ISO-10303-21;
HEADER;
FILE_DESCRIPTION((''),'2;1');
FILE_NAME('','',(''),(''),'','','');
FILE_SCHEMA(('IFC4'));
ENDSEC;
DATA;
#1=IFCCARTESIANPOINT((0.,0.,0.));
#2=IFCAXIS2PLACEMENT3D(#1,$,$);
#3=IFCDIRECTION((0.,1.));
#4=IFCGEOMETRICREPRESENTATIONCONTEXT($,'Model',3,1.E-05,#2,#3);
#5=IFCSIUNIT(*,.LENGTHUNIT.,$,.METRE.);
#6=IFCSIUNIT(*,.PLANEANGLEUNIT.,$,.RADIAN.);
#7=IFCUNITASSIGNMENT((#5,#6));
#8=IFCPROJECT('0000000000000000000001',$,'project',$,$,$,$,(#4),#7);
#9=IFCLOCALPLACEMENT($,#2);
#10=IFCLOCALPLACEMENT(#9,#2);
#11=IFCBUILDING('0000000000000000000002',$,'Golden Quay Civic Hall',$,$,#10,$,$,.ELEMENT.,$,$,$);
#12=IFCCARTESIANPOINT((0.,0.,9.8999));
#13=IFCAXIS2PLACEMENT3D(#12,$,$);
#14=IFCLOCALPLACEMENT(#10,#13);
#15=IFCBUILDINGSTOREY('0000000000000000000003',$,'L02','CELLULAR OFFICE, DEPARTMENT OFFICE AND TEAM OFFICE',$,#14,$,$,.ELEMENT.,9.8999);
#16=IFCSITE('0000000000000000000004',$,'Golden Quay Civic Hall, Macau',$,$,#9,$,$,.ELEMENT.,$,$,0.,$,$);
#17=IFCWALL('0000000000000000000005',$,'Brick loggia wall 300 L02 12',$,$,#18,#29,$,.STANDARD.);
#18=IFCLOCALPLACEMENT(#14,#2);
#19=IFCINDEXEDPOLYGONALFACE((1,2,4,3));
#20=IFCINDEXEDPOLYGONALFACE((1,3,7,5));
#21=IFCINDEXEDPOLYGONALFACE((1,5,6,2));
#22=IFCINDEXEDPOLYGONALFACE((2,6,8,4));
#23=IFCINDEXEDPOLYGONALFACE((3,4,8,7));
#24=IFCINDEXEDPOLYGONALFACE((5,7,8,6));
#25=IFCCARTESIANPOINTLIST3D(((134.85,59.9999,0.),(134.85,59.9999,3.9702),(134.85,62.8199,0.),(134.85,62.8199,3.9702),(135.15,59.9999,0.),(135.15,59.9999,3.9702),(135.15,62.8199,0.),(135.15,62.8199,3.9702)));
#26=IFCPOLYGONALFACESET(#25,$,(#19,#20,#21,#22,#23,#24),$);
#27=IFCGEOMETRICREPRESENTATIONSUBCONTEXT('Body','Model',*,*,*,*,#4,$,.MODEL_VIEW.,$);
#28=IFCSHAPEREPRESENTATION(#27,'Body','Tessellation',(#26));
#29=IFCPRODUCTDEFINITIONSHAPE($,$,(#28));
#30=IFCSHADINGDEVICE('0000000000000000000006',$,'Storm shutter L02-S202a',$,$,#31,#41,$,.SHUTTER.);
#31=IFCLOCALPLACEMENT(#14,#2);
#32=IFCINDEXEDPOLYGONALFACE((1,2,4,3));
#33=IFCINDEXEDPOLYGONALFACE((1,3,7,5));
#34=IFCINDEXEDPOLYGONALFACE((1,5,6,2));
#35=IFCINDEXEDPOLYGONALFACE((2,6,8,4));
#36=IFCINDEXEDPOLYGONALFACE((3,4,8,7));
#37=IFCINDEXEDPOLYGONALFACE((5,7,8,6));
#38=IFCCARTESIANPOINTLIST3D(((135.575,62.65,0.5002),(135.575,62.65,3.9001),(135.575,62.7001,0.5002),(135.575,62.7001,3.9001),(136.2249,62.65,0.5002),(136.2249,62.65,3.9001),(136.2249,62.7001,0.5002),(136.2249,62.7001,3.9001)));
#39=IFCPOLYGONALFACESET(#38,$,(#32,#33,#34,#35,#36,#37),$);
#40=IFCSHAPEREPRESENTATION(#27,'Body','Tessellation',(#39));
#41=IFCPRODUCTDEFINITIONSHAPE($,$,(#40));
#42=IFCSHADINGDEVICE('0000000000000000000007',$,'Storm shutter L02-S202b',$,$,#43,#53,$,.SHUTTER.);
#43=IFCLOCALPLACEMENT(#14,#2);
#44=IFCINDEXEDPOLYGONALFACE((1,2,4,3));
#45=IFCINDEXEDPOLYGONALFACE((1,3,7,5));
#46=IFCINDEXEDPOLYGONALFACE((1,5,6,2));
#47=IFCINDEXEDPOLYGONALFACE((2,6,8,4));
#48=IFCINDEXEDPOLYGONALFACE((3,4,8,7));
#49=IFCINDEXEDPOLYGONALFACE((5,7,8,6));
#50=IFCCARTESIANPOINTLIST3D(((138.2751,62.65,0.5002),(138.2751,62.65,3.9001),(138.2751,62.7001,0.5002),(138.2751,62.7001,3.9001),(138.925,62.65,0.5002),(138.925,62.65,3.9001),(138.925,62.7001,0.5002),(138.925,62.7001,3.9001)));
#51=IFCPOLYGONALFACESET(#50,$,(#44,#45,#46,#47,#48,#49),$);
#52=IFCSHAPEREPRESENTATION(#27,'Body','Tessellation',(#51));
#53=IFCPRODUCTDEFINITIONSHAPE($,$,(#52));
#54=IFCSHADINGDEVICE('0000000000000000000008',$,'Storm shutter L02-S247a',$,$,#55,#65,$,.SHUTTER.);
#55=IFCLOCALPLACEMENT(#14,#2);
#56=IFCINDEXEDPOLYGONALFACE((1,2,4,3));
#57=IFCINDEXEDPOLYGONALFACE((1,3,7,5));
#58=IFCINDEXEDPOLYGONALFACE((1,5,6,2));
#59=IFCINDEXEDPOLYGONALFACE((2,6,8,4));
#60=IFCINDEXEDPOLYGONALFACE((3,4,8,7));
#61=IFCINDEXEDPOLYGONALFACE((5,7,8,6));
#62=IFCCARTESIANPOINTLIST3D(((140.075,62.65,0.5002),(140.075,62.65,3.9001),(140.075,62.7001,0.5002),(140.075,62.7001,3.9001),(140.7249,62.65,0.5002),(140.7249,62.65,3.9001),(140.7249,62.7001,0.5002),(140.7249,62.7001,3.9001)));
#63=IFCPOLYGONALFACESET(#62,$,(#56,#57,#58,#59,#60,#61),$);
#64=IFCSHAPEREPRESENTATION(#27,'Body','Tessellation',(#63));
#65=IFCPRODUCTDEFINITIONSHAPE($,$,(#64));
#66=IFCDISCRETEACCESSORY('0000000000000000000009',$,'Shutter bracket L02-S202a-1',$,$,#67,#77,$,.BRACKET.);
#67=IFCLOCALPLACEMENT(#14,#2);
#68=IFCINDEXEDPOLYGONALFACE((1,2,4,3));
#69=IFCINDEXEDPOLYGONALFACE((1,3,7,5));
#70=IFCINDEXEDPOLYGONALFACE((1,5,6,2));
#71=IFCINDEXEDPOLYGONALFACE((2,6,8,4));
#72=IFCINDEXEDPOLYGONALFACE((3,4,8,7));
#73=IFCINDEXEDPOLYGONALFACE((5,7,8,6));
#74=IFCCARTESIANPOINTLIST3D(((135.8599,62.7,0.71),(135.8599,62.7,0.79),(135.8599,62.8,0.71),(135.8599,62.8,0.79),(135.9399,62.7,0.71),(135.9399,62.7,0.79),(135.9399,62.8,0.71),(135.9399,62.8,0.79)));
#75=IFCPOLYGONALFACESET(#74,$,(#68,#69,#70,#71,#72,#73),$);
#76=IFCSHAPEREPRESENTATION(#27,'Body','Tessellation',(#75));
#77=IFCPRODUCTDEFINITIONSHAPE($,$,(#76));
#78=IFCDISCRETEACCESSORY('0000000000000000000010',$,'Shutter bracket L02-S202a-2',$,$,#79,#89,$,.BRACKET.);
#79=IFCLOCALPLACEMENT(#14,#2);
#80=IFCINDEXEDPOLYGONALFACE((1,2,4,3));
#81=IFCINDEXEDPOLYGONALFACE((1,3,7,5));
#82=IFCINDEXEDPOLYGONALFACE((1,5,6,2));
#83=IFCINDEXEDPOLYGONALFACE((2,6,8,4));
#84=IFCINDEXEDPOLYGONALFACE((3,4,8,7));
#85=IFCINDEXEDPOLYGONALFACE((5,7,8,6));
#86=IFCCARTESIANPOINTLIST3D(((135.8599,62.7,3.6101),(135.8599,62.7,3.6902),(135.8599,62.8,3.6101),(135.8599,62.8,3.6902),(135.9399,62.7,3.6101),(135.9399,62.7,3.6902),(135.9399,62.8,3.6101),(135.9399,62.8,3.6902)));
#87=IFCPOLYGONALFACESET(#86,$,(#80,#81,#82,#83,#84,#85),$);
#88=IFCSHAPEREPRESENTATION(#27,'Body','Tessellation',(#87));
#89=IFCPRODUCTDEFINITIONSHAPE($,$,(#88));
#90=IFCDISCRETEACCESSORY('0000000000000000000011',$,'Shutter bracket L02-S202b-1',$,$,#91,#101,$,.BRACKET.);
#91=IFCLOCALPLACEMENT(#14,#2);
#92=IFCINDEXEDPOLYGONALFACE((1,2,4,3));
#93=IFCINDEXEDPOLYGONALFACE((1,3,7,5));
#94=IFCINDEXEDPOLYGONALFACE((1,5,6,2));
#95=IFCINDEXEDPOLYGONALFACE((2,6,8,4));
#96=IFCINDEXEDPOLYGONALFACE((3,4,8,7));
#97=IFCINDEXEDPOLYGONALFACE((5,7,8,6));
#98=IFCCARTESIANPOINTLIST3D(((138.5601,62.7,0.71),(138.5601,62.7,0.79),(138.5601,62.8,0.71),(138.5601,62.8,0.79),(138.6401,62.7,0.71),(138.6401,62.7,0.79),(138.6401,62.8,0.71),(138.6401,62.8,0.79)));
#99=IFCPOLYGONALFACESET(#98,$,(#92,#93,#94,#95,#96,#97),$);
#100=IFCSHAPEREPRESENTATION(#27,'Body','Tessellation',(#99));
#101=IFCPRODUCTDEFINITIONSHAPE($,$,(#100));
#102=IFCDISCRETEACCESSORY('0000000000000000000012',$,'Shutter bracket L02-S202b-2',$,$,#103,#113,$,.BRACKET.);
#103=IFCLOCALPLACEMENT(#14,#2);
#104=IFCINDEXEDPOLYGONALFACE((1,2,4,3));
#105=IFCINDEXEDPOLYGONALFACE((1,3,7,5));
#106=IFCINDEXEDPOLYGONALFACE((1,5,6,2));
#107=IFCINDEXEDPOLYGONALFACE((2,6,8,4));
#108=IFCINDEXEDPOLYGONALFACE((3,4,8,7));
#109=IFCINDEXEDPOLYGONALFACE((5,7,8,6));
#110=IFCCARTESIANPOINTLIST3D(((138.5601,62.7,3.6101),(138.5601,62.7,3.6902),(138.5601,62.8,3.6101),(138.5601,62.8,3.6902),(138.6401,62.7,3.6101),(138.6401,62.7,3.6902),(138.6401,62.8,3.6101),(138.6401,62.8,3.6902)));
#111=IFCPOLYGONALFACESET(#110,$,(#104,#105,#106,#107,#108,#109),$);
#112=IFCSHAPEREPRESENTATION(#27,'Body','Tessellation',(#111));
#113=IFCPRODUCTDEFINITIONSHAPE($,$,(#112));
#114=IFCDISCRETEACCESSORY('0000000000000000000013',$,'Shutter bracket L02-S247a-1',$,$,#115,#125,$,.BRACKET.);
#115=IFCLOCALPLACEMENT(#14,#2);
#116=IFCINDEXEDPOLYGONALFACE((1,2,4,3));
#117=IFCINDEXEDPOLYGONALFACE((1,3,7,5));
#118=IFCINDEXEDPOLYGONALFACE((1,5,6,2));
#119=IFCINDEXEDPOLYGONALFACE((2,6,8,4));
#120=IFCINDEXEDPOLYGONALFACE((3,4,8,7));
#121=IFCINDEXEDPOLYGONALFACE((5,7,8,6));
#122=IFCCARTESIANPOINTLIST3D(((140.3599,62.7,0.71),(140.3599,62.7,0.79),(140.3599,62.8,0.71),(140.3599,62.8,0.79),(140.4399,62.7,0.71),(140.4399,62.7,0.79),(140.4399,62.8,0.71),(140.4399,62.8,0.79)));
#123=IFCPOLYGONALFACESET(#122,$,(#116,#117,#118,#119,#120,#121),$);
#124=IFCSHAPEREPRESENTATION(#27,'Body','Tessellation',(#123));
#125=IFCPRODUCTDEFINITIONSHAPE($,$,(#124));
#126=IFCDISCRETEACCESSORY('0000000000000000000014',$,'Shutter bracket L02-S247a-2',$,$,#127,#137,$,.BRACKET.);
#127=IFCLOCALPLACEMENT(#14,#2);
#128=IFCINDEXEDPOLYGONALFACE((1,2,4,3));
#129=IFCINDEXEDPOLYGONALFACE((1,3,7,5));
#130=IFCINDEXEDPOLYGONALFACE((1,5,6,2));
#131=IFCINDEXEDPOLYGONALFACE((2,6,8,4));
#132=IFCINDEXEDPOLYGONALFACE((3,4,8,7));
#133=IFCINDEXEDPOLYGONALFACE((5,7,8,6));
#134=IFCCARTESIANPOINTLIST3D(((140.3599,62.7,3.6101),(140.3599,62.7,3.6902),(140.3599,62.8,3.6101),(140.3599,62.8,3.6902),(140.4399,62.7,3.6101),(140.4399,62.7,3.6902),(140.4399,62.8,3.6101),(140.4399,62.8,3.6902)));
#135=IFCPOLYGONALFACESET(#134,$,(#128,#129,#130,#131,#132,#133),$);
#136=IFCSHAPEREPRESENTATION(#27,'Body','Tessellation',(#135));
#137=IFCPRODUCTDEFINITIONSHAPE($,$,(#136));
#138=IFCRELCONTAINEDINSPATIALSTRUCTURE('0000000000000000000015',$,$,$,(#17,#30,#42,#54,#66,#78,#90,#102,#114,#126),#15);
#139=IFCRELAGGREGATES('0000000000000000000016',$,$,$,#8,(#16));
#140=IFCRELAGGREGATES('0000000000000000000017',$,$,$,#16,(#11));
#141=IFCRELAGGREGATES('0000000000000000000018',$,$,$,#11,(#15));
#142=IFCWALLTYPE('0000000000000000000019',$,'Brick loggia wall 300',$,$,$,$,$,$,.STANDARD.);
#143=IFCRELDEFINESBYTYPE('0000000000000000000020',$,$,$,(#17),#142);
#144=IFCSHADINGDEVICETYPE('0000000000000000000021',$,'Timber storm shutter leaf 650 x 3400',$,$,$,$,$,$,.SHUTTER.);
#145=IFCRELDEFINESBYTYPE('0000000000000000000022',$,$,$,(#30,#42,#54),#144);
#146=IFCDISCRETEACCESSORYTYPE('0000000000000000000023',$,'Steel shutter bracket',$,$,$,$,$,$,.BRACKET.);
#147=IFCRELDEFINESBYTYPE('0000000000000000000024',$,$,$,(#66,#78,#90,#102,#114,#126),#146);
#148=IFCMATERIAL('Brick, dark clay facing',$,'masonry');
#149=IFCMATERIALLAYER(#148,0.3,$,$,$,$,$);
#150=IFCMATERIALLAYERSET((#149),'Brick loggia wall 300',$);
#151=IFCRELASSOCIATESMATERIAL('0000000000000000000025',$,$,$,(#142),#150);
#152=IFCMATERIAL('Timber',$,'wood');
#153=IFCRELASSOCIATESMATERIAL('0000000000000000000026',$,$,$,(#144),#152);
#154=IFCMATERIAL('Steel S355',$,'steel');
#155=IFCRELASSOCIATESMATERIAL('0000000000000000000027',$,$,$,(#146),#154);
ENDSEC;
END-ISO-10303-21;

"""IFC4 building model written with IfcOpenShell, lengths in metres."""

from ifc_helpers import new_model, si_unit, direction, frame, frame_2d, origin, origin_2d, place, context, subcontext, project, spatial, rectangle, extrude, material, layer, layer_set, type_object, element, save


model = new_model("IFC4")

# Units and contexts
model_context = context("Model", 3, precision=1e-05, world=origin(), true_north=direction((0.0, 1.0)))
body_context = subcontext(model_context, "Body", "Model", "MODEL_VIEW")
ifc_project = project(units=[si_unit("LENGTHUNIT", "METRE"), si_unit("PLANEANGLEUNIT", "RADIAN")], contexts=[model_context])

# Site, building, storey
site_placement = place(None, origin())
site = spatial("IfcSite", under=ifc_project, at=site_placement, Name="Golden Quay Civic Hall, Macau", CompositionType="ELEMENT", RefElevation=0.0)
building_placement = place(site_placement, origin())
building = spatial("IfcBuilding", under=site, at=building_placement, Name="Golden Quay Civic Hall", CompositionType="ELEMENT")
storey_placement = place(building_placement, frame((0.0, 0.0, 9.8999)))
storey = spatial("IfcBuildingStorey", under=building, at=storey_placement, Name="L02", Description="CELLULAR OFFICE, DEPARTMENT OFFICE AND TEAM OFFICE", CompositionType="ELEMENT", Elevation=9.8999)

# Wall
ifc_material_1 = material(Name="Brick, dark clay facing", Category="masonry")
ifc_layer_1 = layer(ifc_material_1, 0.3)
ifc_layer_set_1 = layer_set([ifc_layer_1], Name="Brick loggia wall 300")
wall_type_1 = type_object("IfcWallType", Name="Brick loggia wall 300", PredefinedType="STANDARD", material=ifc_layer_set_1)
wall_1_placement = place(storey_placement, frame((135.0, 62.8201, 0.0), z_axis=(0.0, 0.0, 1.0), x_axis=(0.0, -1.0, 0.0)))
element("IfcWall", 1, at=wall_1_placement, inside=storey, type_object=wall_type_1, Name="Brick loggia wall 300 L02 12", PredefinedType="STANDARD", context=body_context, shape_type="SweptSolid", body=[
    extrude(rectangle(XDim=2.8201, YDim=0.3, at=frame_2d((1.4102, 0.0))), origin(), (0.0, 0.0, 1.0), 3.9702),
])

# Shading devices
ifc_material_2 = material(Name="Timber", Category="wood")
shading_device_type = type_object("IfcShadingDeviceType", Name="Timber storm shutter leaf 650 x 3400", PredefinedType="SHUTTER", material=ifc_material_2)
for number, where, z_axis, x_axis, name in (
    (2, (135.8999, 62.675, 0.5002), (0.0, 0.0, 1.0), (1.0, 0.0, 0.0), "Storm shutter L02-S202a"),
    (3, (138.6001, 62.675, 0.5002), (0.0, 0.0, 1.0), (1.0, 0.0, 0.0), "Storm shutter L02-S202b"),
    (4, (140.3999, 62.675, 0.5002), (0.0, 0.0, 1.0), (1.0, 0.0, 0.0), "Storm shutter L02-S247a"),
):
    element("IfcShadingDevice", number, at=place(storey_placement, frame(where, z_axis=z_axis, x_axis=x_axis)), inside=storey, type_object=shading_device_type, Name=name, PredefinedType="SHUTTER", context=body_context, shape_type="SweptSolid", body=[
        extrude(rectangle(XDim=0.6499, YDim=0.05, at=origin_2d()), origin(), (0.0, 0.0, 1.0), 3.3999),
    ])

# Discrete accessories
ifc_material_3 = material(Name="Steel S355", Category="steel")
discrete_accessory_type = type_object("IfcDiscreteAccessoryType", Name="Steel shutter bracket", PredefinedType="BRACKET", material=ifc_material_3)
for number, where, z_axis, x_axis, name in (
    (5, (135.8999, 62.75, 0.71), (0.0, 0.0, 1.0), (1.0, 0.0, 0.0), "Shutter bracket L02-S202a-1"),
    (6, (135.8999, 62.75, 3.6101), (0.0, 0.0, 1.0), (1.0, 0.0, 0.0), "Shutter bracket L02-S202a-2"),
    (7, (138.6001, 62.75, 0.71), (0.0, 0.0, 1.0), (1.0, 0.0, 0.0), "Shutter bracket L02-S202b-1"),
    (8, (138.6001, 62.75, 3.6101), (0.0, 0.0, 1.0), (1.0, 0.0, 0.0), "Shutter bracket L02-S202b-2"),
    (9, (140.3999, 62.75, 0.71), (0.0, 0.0, 1.0), (1.0, 0.0, 0.0), "Shutter bracket L02-S247a-1"),
    (10, (140.3999, 62.75, 3.6101), (0.0, 0.0, 1.0), (1.0, 0.0, 0.0), "Shutter bracket L02-S247a-2"),
):
    element("IfcDiscreteAccessory", number, at=place(storey_placement, frame(where, z_axis=z_axis, x_axis=x_axis)), inside=storey, type_object=discrete_accessory_type, Name=name, PredefinedType="BRACKET", context=body_context, shape_type="SweptSolid", body=[
        extrude(rectangle(XDim=0.0801, YDim=0.1001, at=origin_2d()), origin(), (0.0, 0.0, 1.0), 0.0801),
    ])

save(model, "model.ifc")
